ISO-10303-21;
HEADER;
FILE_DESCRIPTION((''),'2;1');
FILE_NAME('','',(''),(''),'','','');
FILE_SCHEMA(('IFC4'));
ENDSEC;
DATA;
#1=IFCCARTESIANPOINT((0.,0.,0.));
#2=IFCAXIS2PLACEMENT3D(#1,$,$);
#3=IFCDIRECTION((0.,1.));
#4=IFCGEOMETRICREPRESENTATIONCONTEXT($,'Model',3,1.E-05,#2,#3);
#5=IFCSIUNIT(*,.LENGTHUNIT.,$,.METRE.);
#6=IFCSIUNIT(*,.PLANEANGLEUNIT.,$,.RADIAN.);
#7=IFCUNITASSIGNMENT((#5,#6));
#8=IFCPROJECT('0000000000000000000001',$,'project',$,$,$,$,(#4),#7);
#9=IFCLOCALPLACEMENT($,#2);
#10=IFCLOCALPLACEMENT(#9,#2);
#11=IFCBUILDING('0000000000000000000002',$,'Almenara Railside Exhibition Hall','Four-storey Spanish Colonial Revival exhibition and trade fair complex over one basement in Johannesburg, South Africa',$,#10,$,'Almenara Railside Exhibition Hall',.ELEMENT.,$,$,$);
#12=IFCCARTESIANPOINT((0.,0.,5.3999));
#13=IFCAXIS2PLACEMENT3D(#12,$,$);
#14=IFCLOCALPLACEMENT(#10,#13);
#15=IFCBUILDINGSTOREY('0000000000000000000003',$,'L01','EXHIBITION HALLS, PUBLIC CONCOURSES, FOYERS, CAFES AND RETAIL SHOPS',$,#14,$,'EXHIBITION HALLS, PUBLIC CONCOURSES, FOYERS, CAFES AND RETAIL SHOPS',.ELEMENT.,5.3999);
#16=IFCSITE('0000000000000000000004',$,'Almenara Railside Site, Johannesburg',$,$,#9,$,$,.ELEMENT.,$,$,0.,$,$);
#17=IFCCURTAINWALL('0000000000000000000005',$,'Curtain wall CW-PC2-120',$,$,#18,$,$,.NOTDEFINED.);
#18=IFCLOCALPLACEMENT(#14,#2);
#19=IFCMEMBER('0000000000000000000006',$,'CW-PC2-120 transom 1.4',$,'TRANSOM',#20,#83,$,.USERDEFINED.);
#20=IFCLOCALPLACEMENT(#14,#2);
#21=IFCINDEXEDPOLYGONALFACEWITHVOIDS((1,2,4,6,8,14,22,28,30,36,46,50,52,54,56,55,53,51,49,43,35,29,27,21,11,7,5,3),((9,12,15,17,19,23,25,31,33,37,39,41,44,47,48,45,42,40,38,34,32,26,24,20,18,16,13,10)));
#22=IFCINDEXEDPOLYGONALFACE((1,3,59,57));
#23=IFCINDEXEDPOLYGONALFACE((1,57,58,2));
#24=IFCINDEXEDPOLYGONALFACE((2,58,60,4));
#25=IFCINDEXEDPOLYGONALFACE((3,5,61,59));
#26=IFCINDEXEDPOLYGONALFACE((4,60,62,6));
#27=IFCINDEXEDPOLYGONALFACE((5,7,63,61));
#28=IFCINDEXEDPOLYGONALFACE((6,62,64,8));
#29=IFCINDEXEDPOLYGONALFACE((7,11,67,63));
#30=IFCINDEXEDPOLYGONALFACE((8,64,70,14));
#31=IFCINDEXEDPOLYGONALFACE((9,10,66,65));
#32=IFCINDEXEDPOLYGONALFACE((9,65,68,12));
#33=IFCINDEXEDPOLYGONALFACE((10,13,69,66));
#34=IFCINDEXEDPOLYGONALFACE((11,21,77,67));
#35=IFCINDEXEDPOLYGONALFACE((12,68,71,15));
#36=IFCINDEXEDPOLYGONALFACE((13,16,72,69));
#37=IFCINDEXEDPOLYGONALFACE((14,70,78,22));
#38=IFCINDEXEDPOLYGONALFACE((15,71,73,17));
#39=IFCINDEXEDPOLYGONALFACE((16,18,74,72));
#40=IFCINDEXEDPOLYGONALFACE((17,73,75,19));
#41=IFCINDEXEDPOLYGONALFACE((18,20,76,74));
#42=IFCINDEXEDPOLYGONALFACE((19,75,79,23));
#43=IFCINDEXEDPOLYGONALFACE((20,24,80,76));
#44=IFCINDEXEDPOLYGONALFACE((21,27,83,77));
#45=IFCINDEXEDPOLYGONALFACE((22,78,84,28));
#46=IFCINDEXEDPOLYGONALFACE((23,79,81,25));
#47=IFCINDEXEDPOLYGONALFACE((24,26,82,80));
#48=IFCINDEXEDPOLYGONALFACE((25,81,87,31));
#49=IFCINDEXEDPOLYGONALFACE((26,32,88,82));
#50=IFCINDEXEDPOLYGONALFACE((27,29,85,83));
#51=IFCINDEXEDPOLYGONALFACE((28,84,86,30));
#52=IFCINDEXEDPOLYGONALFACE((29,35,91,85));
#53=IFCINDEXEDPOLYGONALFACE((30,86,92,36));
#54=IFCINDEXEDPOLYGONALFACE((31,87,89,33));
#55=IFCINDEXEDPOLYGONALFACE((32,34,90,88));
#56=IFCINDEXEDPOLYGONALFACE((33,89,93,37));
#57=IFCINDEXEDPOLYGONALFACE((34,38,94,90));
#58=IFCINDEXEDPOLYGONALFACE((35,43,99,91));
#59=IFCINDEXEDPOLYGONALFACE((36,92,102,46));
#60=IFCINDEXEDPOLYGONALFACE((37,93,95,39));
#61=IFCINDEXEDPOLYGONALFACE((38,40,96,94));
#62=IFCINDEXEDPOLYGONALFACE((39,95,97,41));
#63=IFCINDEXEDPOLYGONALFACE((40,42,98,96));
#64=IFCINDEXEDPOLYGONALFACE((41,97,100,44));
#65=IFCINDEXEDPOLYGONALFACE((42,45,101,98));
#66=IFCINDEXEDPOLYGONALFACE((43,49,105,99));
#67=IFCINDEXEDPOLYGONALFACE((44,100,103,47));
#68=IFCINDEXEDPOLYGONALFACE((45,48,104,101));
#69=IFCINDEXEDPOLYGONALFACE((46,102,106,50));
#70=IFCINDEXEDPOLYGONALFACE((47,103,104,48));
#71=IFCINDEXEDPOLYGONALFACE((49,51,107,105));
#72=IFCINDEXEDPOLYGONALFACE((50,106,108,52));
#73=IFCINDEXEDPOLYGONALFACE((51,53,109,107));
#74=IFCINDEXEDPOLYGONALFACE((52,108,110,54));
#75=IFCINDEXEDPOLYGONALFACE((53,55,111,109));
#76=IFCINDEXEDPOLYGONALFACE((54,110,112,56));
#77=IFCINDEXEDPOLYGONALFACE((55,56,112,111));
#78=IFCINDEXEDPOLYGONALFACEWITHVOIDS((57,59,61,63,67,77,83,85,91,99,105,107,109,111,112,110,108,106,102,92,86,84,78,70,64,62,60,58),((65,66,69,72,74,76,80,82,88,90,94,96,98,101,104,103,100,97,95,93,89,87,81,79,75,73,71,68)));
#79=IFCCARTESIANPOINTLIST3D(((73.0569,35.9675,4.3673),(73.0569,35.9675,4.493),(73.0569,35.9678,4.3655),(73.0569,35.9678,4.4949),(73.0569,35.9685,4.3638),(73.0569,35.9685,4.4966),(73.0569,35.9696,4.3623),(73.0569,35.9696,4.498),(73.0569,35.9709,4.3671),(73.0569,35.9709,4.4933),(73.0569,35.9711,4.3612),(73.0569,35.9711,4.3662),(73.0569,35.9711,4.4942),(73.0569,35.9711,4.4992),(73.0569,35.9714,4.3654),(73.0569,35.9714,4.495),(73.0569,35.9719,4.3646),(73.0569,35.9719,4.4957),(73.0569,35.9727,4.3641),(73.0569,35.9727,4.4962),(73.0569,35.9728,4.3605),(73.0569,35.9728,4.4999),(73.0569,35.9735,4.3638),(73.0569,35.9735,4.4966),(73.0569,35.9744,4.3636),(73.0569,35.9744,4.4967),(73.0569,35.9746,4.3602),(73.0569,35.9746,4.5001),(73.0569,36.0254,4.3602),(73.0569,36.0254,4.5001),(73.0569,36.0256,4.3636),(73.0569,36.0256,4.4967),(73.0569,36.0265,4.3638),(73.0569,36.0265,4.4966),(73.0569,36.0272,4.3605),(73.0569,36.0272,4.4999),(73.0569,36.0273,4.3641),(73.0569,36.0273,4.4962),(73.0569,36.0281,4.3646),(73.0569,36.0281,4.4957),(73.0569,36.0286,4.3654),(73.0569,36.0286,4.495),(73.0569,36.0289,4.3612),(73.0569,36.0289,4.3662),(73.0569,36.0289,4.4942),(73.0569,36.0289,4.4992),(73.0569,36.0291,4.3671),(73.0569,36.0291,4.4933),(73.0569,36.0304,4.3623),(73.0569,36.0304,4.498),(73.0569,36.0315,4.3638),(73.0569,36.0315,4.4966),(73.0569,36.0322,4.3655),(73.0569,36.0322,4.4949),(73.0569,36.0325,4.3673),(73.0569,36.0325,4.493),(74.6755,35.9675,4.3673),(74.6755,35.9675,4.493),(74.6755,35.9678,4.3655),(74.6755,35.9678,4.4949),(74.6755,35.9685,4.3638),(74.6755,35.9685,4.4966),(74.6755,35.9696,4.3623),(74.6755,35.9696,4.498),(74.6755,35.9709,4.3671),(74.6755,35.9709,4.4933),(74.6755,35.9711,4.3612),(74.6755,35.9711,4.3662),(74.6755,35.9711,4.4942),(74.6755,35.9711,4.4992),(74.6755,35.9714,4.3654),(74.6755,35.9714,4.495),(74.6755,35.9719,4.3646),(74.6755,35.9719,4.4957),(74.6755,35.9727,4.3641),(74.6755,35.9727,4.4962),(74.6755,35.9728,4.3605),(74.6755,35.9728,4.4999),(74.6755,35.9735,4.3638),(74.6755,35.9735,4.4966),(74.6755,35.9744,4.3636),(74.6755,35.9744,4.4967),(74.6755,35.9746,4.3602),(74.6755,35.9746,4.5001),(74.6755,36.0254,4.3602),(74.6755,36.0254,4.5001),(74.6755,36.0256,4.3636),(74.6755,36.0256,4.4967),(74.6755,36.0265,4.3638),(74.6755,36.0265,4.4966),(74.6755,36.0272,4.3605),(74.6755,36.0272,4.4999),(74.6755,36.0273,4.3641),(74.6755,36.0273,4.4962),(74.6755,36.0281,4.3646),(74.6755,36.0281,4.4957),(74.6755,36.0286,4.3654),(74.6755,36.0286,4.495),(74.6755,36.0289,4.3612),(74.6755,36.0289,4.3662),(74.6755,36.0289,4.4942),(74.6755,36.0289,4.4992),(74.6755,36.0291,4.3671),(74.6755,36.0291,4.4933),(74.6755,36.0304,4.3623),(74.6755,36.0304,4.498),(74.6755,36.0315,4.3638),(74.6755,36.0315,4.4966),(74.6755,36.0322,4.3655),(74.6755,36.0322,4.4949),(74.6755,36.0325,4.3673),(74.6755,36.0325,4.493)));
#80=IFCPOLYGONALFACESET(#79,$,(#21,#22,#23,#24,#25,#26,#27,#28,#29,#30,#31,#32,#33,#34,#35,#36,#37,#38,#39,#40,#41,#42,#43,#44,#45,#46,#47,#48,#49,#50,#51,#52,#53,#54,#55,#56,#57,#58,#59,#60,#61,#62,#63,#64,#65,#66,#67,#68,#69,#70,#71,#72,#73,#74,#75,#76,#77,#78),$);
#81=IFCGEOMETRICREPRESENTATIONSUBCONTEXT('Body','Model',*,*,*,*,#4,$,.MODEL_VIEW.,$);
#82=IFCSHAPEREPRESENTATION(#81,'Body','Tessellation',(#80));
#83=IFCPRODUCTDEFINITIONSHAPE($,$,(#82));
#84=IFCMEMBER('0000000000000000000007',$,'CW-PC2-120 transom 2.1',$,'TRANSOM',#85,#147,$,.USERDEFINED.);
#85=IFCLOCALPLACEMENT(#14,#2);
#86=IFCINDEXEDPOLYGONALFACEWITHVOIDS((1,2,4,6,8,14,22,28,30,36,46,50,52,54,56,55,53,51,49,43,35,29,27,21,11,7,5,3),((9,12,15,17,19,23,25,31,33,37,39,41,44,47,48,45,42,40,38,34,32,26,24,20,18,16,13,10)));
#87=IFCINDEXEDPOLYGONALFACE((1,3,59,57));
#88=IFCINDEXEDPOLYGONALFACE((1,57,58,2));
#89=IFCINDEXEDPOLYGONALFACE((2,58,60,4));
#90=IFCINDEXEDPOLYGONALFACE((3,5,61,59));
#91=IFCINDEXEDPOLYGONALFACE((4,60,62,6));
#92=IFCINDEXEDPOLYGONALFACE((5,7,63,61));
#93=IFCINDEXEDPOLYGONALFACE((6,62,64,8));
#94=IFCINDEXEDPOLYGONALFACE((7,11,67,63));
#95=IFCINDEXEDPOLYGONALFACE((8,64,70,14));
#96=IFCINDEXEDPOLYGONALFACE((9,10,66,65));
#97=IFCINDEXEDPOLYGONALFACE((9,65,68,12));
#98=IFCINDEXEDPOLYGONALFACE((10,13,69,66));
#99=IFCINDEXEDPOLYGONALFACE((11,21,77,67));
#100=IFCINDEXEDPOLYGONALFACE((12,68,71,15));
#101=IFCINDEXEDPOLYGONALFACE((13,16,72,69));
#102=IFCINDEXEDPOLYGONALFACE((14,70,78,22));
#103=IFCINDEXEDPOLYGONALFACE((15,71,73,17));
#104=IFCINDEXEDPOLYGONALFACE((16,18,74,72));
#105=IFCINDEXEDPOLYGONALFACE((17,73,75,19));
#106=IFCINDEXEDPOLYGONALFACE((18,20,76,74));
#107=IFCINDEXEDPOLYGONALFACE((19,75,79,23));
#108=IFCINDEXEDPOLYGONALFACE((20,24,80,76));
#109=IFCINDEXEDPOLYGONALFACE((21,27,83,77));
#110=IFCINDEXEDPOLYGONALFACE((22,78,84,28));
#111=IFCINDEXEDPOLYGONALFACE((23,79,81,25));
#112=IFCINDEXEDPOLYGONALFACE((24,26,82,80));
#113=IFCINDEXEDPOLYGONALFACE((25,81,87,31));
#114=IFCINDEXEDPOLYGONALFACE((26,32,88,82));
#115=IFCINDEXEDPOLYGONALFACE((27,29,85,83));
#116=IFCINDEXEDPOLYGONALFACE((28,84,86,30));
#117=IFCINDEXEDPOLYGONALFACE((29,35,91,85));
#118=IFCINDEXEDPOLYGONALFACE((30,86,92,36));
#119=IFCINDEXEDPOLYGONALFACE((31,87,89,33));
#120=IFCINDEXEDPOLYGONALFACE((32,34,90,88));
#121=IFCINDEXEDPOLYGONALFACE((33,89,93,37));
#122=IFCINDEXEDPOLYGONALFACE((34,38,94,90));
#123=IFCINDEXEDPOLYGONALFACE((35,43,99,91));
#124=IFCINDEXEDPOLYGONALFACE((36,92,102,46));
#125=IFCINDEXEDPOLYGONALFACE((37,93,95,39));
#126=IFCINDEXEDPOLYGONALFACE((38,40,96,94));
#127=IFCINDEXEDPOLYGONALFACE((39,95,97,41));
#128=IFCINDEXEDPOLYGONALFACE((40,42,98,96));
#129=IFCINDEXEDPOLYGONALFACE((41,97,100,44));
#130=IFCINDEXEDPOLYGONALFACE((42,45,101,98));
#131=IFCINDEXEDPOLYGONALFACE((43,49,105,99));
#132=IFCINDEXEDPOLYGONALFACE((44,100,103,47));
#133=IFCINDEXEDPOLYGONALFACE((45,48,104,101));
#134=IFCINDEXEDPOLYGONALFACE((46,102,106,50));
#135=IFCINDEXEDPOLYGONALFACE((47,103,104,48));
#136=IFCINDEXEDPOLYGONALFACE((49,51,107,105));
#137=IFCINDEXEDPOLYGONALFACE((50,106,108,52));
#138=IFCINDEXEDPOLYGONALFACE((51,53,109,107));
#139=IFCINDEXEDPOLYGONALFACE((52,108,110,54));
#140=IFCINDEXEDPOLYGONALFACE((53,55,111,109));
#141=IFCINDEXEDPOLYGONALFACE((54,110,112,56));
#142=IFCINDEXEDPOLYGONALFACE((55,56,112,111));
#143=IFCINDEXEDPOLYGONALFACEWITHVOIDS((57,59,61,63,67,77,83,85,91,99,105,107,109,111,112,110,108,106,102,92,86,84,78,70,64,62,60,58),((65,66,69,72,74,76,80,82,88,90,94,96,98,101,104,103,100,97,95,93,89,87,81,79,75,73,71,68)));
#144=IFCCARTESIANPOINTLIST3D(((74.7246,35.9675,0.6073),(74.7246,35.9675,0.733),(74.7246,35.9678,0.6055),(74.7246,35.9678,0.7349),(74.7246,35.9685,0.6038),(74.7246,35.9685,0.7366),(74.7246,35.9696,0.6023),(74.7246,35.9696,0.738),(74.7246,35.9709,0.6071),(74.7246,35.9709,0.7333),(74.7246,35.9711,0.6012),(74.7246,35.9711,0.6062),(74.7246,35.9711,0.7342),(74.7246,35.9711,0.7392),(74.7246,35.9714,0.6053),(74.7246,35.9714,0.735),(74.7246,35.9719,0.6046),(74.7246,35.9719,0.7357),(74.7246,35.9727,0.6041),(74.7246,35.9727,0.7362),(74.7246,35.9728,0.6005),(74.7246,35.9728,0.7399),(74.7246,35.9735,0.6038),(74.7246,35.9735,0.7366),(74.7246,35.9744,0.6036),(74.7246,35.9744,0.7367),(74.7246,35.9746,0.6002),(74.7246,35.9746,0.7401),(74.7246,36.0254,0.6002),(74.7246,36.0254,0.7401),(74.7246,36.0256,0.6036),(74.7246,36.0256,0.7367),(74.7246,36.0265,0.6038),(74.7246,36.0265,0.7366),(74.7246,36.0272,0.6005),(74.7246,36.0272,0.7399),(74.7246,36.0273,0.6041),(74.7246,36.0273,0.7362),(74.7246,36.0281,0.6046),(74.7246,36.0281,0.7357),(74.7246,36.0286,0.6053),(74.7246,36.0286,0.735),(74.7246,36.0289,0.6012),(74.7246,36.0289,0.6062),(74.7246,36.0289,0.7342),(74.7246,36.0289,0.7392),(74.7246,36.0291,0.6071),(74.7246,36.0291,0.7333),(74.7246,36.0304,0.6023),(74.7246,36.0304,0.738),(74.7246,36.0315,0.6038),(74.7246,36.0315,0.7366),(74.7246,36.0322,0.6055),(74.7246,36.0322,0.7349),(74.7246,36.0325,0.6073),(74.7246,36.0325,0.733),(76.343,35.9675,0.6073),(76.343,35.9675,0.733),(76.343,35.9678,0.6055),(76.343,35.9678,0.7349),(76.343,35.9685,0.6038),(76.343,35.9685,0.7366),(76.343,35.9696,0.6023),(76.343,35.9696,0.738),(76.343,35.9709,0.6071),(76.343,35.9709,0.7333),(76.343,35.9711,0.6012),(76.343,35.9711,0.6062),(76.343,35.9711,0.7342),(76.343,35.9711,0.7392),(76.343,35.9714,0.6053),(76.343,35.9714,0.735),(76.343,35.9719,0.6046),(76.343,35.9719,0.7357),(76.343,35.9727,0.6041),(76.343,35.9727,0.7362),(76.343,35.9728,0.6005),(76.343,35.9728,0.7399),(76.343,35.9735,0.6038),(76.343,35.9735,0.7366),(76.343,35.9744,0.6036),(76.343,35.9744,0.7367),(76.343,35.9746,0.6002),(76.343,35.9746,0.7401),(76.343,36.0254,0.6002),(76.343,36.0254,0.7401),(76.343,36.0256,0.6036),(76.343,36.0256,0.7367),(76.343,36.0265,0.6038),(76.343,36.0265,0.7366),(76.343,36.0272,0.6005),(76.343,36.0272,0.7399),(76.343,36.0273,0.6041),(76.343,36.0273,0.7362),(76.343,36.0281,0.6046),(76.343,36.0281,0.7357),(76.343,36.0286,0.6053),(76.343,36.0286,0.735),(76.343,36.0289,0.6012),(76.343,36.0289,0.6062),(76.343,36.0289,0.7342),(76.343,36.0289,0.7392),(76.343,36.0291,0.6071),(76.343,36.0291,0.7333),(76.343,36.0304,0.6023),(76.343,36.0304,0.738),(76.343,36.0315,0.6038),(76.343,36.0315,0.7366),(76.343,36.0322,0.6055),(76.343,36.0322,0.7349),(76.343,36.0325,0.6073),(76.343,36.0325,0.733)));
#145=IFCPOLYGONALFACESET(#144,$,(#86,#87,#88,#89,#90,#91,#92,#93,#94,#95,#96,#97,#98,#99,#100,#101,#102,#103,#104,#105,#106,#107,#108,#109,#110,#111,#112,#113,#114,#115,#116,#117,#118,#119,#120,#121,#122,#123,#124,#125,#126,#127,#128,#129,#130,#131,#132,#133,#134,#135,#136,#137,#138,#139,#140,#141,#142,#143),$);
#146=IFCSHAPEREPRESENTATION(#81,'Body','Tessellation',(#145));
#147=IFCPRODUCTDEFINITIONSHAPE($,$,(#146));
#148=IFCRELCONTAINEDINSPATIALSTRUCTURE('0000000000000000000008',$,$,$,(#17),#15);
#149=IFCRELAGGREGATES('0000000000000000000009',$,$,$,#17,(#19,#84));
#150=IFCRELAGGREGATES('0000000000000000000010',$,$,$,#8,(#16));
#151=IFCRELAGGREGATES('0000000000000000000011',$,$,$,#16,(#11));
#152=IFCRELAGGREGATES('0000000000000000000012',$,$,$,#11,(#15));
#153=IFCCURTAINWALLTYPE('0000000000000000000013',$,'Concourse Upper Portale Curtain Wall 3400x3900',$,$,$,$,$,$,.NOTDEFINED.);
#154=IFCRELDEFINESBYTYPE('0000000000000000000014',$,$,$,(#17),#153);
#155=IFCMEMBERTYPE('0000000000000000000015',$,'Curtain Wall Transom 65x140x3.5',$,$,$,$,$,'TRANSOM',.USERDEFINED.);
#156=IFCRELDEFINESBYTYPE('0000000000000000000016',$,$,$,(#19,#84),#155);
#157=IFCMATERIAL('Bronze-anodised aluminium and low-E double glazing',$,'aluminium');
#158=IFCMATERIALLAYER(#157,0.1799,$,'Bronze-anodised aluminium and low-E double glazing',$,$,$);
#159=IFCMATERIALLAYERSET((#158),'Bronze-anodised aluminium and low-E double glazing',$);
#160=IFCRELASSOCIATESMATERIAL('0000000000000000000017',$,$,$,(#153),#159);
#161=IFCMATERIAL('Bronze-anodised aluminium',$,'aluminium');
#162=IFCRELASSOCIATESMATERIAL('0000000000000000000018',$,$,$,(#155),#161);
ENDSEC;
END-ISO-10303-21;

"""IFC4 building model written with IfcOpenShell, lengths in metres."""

from ifc_helpers import new_model, si_unit, direction, frame, origin, origin_2d, place, context, subcontext, project, spatial, hollow_rectangle, extrude, material, layer, layer_set, material_profile, profile_set, type_object, element, aggregate, save


model = new_model("IFC4")

# Units and contexts
model_context = context("Model", 3, precision=1e-05, world=origin(), true_north=direction((0.0, 1.0)))
body_context = subcontext(model_context, "Body", "Model", "MODEL_VIEW")
ifc_project = project(units=[si_unit("LENGTHUNIT", "METRE"), si_unit("PLANEANGLEUNIT", "RADIAN")], contexts=[model_context])

# Site, building, storey
site_placement = place(None, origin())
site = spatial("IfcSite", under=ifc_project, at=site_placement, Name="Almenara Railside Site, Johannesburg", CompositionType="ELEMENT", RefElevation=0.0)
building_placement = place(site_placement, origin())
building = spatial("IfcBuilding", under=site, at=building_placement, Name="Almenara Railside Exhibition Hall", Description="Four-storey Spanish Colonial Revival exhibition and trade fair complex over one basement in Johannesburg, South Africa", LongName="Almenara Railside Exhibition Hall", CompositionType="ELEMENT")
storey_placement = place(building_placement, frame((0.0, 0.0, 5.3999)))
storey = spatial("IfcBuildingStorey", under=building, at=storey_placement, Name="L01", Description="EXHIBITION HALLS, PUBLIC CONCOURSES, FOYERS, CAFES AND RETAIL SHOPS", LongName="EXHIBITION HALLS, PUBLIC CONCOURSES, FOYERS, CAFES AND RETAIL SHOPS", CompositionType="ELEMENT", Elevation=5.3999)

# Shared definitions
ifc_material_1 = material(Name="Bronze-anodised aluminium and low-E double glazing", Category="aluminium")
ifc_material_2 = material(Name="Bronze-anodised aluminium", Category="aluminium")

# Curtain wall
ifc_layer_1 = layer(ifc_material_1, 0.1799, Name="Bronze-anodised aluminium and low-E double glazing")
ifc_layer_set_1 = layer_set([ifc_layer_1], Name="Bronze-anodised aluminium and low-E double glazing")
curtain_wall_type_1 = type_object("IfcCurtainWallType", Name="Concourse Upper Portale Curtain Wall 3400x3900", PredefinedType="NOTDEFINED", material=ifc_layer_set_1)
curtain_wall_1_placement = place(storey_placement, origin())
curtain_wall_1 = element("IfcCurtainWall", 1, at=curtain_wall_1_placement, inside=storey, type_object=curtain_wall_type_1, Name="Curtain wall CW-PC2-120", PredefinedType="NOTDEFINED")

# Members
ifc_material_profile_1 = material_profile(ifc_material_2, hollow_rectangle(XDim=0.0649, YDim=0.1399, WallThickness=0.0034, InnerFilletRadius=0.0034, OuterFilletRadius=0.0071, at=origin_2d()), Name="ALU-TRN 65x140x3.5")
ifc_profile_set_1 = profile_set([ifc_material_profile_1], Name="Bronze-anodised aluminium")
member_type_1 = type_object("IfcMemberType", Name="Curtain Wall Transom 65x140x3.5", ElementType="TRANSOM", PredefinedType="USERDEFINED", material=ifc_profile_set_1)
member_1_placement = place(storey_placement, frame((73.0569, 36.0, 4.4302), z_axis=(1.0, 0.0, 0.0), x_axis=(0.0, 1.0, 0.0)))
member_1 = element("IfcMember", 2, at=member_1_placement, type_object=member_type_1, Name="CW-PC2-120 transom 1.4", ObjectType="TRANSOM", PredefinedType="USERDEFINED", context=body_context, shape_type="SweptSolid", body=[
    extrude(hollow_rectangle(XDim=0.0649, YDim=0.1399, WallThickness=0.0034, InnerFilletRadius=0.0034, OuterFilletRadius=0.0071, at=origin_2d()), origin(), (0.0, 0.0, 1.0), 1.6187),
])
member_2_placement = place(storey_placement, frame((74.7246, 36.0, 0.6702), z_axis=(1.0, 0.0, 0.0), x_axis=(0.0, 1.0, 0.0)))
member_2 = element("IfcMember", 3, at=member_2_placement, type_object=member_type_1, Name="CW-PC2-120 transom 2.1", ObjectType="TRANSOM", PredefinedType="USERDEFINED", context=body_context, shape_type="SweptSolid", body=[
    extrude(hollow_rectangle(XDim=0.0649, YDim=0.1399, WallThickness=0.0034, InnerFilletRadius=0.0034, OuterFilletRadius=0.0071, at=origin_2d()), origin(), (0.0, 0.0, 1.0), 1.6184),
])

aggregate(curtain_wall_1, [member_1, member_2])

save(model, "model.ifc")
